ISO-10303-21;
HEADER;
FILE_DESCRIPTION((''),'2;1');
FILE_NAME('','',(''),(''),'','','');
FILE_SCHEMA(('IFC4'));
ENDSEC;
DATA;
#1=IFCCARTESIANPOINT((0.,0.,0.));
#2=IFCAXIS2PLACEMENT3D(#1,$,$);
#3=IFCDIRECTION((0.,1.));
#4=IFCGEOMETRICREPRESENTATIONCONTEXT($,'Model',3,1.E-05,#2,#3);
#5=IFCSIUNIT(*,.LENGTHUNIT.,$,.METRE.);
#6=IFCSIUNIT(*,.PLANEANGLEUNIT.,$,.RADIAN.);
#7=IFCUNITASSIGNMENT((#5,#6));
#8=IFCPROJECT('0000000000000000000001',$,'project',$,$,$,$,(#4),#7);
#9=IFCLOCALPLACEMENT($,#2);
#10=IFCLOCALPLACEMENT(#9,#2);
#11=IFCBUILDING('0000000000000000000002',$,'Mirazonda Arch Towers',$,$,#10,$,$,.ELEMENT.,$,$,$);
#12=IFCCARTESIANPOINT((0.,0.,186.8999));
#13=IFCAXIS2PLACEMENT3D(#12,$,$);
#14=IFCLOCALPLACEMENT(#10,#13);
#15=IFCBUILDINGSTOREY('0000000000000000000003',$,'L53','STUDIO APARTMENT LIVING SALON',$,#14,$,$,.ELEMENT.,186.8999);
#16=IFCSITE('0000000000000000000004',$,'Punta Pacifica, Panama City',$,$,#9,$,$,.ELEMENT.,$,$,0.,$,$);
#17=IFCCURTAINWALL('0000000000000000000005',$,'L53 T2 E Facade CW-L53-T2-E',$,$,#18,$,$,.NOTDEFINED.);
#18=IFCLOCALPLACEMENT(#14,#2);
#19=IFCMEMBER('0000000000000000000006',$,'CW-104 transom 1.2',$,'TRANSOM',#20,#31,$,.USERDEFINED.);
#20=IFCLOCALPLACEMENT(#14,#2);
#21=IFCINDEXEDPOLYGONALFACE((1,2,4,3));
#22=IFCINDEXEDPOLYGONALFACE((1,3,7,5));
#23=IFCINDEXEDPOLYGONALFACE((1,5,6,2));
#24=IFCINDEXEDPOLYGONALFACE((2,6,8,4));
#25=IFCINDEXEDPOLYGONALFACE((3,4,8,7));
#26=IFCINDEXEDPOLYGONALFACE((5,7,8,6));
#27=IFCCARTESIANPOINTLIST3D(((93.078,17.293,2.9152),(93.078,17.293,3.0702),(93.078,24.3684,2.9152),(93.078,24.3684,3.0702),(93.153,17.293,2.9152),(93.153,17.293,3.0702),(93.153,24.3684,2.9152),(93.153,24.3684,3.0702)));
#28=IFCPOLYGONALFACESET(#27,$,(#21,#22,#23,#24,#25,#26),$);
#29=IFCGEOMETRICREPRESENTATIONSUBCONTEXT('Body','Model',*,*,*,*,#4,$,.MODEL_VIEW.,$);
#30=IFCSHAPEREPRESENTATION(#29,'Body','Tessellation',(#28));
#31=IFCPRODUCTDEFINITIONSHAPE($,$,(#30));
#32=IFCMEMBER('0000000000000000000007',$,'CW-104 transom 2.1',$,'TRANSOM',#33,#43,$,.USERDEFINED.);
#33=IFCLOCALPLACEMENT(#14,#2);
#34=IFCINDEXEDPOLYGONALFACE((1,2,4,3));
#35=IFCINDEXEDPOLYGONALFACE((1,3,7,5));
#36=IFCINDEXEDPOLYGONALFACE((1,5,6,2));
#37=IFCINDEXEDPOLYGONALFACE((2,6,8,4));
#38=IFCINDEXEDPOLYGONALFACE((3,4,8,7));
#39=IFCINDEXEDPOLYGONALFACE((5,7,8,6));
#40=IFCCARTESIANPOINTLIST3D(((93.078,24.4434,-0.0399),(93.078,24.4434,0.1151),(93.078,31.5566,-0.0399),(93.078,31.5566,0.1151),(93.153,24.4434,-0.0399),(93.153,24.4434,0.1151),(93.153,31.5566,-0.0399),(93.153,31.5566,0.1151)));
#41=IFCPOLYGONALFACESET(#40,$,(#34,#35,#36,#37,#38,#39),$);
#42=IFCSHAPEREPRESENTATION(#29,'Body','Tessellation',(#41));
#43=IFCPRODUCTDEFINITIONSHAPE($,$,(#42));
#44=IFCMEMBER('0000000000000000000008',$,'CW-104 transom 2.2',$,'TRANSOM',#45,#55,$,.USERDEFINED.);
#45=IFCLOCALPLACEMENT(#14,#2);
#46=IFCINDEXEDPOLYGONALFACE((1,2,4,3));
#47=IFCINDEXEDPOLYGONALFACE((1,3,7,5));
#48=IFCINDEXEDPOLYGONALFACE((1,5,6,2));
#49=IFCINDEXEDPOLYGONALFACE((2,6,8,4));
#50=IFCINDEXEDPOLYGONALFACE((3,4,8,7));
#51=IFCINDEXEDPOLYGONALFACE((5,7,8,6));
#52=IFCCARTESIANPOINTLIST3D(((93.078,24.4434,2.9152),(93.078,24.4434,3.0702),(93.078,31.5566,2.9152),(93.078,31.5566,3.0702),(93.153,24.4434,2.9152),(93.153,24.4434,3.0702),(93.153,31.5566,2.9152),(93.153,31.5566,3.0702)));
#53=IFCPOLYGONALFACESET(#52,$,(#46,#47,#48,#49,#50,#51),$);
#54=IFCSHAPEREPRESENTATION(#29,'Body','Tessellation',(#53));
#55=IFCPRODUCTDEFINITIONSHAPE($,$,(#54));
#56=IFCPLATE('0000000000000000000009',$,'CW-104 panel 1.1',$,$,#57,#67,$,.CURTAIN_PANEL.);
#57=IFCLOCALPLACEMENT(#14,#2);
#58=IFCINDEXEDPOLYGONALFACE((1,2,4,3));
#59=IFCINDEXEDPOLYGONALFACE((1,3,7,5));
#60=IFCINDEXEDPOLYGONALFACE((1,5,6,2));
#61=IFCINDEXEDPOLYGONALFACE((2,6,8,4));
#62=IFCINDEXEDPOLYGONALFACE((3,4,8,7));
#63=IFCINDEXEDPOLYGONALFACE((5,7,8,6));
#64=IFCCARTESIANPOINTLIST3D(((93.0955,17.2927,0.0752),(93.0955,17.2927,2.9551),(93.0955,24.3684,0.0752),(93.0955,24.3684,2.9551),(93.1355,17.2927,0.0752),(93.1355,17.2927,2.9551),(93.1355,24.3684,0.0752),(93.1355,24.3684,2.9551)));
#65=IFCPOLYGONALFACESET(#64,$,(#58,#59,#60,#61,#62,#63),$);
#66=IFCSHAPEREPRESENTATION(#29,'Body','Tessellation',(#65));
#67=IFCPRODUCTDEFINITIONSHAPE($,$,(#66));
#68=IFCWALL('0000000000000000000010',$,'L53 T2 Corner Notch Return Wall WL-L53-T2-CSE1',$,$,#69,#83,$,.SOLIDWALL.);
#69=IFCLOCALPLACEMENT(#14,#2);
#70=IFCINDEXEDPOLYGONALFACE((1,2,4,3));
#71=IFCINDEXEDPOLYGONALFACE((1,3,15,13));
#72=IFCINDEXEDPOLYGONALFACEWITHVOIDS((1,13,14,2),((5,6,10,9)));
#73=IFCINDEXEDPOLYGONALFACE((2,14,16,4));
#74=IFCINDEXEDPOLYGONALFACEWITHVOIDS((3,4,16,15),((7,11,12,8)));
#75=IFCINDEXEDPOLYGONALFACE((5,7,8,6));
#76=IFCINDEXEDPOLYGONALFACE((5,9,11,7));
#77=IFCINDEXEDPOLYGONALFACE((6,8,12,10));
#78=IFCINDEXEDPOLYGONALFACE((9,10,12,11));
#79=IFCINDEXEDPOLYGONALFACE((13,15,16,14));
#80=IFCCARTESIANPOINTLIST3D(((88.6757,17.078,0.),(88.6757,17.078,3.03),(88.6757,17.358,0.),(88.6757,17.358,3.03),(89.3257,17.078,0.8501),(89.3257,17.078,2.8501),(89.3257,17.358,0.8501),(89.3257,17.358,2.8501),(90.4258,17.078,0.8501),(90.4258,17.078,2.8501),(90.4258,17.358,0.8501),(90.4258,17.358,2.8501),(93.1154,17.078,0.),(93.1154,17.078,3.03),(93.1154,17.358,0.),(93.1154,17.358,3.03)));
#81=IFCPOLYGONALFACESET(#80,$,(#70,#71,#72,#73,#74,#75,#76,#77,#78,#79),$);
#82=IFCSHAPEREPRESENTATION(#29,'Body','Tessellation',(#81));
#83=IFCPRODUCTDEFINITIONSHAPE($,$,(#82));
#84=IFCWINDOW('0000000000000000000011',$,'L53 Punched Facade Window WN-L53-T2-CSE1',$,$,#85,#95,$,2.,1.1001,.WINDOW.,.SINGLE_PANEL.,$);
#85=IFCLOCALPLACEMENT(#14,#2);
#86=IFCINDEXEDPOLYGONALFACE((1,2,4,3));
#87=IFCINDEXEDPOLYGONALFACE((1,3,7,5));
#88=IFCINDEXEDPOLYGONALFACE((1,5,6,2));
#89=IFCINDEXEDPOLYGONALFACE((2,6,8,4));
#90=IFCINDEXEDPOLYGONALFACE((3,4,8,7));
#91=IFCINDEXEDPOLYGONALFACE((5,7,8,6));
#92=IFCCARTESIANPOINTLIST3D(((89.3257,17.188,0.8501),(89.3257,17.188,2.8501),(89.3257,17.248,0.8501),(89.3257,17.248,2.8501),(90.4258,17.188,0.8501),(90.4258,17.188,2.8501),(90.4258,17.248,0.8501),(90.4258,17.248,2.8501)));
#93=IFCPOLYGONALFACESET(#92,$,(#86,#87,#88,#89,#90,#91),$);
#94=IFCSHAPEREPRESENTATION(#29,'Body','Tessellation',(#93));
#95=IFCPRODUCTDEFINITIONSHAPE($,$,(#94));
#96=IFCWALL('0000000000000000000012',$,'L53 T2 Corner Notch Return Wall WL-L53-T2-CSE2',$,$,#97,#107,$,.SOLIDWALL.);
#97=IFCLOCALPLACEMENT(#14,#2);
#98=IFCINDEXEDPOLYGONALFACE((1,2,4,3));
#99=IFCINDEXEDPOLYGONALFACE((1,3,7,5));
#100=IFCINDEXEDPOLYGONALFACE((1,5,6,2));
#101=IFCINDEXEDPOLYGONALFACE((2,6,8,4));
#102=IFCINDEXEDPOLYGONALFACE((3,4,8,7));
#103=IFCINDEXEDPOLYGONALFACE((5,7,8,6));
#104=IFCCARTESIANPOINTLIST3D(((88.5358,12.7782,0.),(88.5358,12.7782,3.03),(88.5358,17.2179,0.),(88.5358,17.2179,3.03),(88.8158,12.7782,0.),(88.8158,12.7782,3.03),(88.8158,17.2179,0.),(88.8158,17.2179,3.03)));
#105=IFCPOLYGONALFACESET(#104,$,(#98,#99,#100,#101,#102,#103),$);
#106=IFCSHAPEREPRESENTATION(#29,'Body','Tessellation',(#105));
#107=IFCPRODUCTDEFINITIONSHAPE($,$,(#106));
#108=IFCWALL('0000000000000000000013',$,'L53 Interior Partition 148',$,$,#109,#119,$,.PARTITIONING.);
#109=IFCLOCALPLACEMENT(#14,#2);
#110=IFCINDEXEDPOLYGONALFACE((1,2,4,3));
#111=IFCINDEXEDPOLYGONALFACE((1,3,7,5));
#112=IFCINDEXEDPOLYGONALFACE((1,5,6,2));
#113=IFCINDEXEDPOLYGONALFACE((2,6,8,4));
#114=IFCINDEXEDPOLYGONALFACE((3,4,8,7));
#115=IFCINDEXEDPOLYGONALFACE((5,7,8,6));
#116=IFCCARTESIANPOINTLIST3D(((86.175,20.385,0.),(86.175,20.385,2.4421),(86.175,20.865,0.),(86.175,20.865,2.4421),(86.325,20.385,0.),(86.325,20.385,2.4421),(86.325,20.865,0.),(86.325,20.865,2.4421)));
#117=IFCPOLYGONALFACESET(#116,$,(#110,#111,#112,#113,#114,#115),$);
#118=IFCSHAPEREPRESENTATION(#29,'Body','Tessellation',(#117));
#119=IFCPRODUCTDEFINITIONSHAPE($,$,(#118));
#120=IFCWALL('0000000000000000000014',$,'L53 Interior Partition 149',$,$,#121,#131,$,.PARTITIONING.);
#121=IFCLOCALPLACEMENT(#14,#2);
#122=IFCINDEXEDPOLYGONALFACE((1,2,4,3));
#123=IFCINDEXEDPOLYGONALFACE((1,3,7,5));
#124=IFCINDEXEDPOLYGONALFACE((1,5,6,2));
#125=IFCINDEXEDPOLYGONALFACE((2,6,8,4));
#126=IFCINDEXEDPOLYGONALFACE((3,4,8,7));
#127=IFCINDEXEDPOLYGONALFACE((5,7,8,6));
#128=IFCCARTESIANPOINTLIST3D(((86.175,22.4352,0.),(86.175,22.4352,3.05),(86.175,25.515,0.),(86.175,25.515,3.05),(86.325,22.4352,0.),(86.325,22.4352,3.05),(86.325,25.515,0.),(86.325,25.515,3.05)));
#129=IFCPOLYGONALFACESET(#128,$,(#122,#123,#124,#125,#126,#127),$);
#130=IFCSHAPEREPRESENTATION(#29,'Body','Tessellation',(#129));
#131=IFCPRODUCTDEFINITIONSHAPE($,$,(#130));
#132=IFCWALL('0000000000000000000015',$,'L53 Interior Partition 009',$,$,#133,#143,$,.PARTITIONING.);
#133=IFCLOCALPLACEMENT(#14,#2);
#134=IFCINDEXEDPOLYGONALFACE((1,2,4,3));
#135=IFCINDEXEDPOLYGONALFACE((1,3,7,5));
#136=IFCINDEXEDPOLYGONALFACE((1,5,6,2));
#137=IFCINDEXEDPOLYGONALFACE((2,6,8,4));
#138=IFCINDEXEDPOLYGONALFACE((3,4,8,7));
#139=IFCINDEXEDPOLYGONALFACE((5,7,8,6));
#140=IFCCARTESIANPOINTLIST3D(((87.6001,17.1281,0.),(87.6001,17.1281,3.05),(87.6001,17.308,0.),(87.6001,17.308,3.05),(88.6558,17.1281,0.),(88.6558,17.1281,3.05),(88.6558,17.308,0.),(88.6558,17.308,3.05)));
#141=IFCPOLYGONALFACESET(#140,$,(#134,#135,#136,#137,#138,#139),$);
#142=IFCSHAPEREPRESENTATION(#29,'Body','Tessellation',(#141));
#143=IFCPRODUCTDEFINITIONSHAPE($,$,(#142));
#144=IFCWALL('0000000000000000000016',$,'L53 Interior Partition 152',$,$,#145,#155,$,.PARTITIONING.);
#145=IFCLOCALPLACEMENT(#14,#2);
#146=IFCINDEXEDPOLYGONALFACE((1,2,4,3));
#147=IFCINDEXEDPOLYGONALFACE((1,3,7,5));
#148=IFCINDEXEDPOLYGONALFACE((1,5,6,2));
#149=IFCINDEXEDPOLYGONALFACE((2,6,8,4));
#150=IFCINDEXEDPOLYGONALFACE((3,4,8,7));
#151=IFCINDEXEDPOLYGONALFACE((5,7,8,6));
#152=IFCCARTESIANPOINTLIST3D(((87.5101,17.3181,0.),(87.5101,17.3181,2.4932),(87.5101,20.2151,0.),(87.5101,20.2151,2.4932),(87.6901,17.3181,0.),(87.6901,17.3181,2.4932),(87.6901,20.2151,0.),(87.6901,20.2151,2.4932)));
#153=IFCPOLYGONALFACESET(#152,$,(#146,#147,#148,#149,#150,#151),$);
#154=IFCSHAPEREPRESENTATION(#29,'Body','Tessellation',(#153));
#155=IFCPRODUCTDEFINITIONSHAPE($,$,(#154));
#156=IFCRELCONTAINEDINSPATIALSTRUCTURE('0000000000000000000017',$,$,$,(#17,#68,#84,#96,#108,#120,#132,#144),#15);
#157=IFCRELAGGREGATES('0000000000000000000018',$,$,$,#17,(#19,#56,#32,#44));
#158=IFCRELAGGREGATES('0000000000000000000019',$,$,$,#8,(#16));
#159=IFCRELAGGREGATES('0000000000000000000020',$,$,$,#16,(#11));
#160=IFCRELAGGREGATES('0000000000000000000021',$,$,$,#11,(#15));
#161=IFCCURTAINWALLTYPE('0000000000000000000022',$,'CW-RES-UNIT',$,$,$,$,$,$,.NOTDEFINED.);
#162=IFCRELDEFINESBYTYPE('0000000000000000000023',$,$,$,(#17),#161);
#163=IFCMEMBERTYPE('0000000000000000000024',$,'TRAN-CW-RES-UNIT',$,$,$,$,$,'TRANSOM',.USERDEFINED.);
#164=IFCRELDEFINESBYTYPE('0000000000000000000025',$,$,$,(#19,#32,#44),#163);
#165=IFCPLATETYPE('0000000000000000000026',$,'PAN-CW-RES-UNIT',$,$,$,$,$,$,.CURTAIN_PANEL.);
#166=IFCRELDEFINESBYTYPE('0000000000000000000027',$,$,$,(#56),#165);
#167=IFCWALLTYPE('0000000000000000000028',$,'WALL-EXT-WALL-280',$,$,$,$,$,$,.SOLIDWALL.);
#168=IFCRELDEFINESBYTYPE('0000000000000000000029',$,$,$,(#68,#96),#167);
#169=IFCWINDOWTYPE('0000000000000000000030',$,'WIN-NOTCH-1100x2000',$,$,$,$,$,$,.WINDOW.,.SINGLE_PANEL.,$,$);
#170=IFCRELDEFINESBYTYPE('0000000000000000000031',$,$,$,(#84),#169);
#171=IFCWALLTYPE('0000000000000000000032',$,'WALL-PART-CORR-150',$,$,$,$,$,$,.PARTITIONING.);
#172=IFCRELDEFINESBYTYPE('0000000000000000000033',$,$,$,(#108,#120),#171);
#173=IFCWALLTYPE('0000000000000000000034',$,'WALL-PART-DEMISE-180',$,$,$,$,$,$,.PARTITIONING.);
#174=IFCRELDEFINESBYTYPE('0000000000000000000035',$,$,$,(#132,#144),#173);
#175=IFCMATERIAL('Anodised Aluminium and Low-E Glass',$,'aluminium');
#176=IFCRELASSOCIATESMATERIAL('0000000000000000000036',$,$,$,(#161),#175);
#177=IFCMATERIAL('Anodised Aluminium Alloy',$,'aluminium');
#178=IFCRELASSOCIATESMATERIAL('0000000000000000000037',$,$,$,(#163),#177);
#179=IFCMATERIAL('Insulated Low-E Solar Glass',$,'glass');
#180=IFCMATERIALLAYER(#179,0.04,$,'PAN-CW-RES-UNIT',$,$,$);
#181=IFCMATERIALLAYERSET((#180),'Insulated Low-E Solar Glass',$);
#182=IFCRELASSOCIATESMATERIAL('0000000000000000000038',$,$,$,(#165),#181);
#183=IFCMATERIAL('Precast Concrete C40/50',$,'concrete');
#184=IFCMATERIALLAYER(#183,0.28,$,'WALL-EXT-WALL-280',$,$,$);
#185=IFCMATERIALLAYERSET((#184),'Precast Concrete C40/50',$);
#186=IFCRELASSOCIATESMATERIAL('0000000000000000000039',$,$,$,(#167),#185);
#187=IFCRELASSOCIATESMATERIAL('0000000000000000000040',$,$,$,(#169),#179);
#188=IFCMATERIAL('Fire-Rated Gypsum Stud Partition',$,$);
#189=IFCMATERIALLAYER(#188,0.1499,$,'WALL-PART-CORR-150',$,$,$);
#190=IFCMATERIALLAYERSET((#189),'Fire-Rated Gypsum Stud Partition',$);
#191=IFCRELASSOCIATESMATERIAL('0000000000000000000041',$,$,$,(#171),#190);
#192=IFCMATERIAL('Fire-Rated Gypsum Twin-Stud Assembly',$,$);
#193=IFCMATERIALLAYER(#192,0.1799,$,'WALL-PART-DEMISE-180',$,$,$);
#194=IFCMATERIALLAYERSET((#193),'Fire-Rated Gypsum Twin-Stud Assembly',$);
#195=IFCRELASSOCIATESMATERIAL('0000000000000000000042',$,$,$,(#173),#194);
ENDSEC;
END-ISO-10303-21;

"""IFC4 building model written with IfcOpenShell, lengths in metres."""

from ifc_helpers import new_model, si_unit, direction, frame, frame_2d, origin, origin_2d, place, context, subcontext, project, spatial, rectangle, extrude, material, layer, layer_set, material_profile, profile_set, type_object, element, fill, aggregate, save


model = new_model("IFC4")

# Units and contexts
model_context = context("Model", 3, precision=1e-05, world=origin(), true_north=direction((0.0, 1.0)))
body_context = subcontext(model_context, "Body", "Model", "MODEL_VIEW")
ifc_project = project(units=[si_unit("LENGTHUNIT", "METRE"), si_unit("PLANEANGLEUNIT", "RADIAN")], contexts=[model_context])

# Site, building, storey
site_placement = place(None, origin())
site = spatial("IfcSite", under=ifc_project, at=site_placement, Name="Punta Pacifica, Panama City", CompositionType="ELEMENT", RefElevation=0.0)
building_placement = place(site_placement, origin())
building = spatial("IfcBuilding", under=site, at=building_placement, Name="Mirazonda Arch Towers", CompositionType="ELEMENT")
storey_placement = place(building_placement, frame((0.0, 0.0, 186.8999)))
storey = spatial("IfcBuildingStorey", under=building, at=storey_placement, Name="L53", Description="STUDIO APARTMENT LIVING SALON", CompositionType="ELEMENT", Elevation=186.8999)

# Shared definitions
ifc_material_1 = material(Name="Anodised Aluminium and Low-E Glass", Category="aluminium")
curtain_wall_type = type_object("IfcCurtainWallType", Name="CW-RES-UNIT", PredefinedType="NOTDEFINED", material=ifc_material_1)
ifc_material_2 = material(Name="Anodised Aluminium Alloy", Category="aluminium")

# Curtain wall
curtain_wall_1_placement = place(storey_placement, origin())
curtain_wall_1 = element("IfcCurtainWall", 1, at=curtain_wall_1_placement, inside=storey, type_object=curtain_wall_type, Name="L53 T2 E Facade CW-L53-T2-E", PredefinedType="NOTDEFINED")

# Members
ifc_material_profile_1 = material_profile(ifc_material_2, rectangle(XDim=0.075, YDim=0.155, at=origin_2d()), Name="ALU-TRAN-75x155")
ifc_profile_set_1 = profile_set([ifc_material_profile_1], Name="Anodised Aluminium Alloy")
member_type_1 = type_object("IfcMemberType", Name="TRAN-CW-RES-UNIT", ElementType="TRANSOM", PredefinedType="USERDEFINED", material=ifc_profile_set_1)
member_1_placement = place(storey_placement, frame((93.1155, 17.293, 2.9927), z_axis=(0.0, 1.0, 0.0), x_axis=(-1.0, 0.0, 0.0)))
member_1 = element("IfcMember", 2, at=member_1_placement, type_object=member_type_1, Name="CW-104 transom 1.2", ObjectType="TRANSOM", PredefinedType="USERDEFINED", context=body_context, shape_type="SweptSolid", body=[
    extrude(rectangle(XDim=0.075, YDim=0.155, at=origin_2d()), origin(), (0.0, 0.0, 1.0), 7.0754),
])
member_2_placement = place(storey_placement, frame((93.1155, 24.4434, 0.0376), z_axis=(0.0, 1.0, 0.0), x_axis=(-1.0, 0.0, 0.0)))
member_2 = element("IfcMember", 3, at=member_2_placement, type_object=member_type_1, Name="CW-104 transom 2.1", ObjectType="TRANSOM", PredefinedType="USERDEFINED", context=body_context, shape_type="SweptSolid", body=[
    extrude(rectangle(XDim=0.075, YDim=0.155, at=origin_2d()), origin(), (0.0, 0.0, 1.0), 7.1133),
])
member_3_placement = place(storey_placement, frame((93.1155, 24.4434, 2.9927), z_axis=(0.0, 1.0, 0.0), x_axis=(-1.0, 0.0, 0.0)))
member_3 = element("IfcMember", 4, at=member_3_placement, type_object=member_type_1, Name="CW-104 transom 2.2", ObjectType="TRANSOM", PredefinedType="USERDEFINED", context=body_context, shape_type="SweptSolid", body=[
    extrude(rectangle(XDim=0.075, YDim=0.155, at=origin_2d()), origin(), (0.0, 0.0, 1.0), 7.1133),
])

# Plate
ifc_material_3 = material(Name="Insulated Low-E Solar Glass", Category="glass")
ifc_layer_1 = layer(ifc_material_3, 0.04, Name="PAN-CW-RES-UNIT")
ifc_layer_set_1 = layer_set([ifc_layer_1], Name="Insulated Low-E Solar Glass")
plate_type = type_object("IfcPlateType", Name="PAN-CW-RES-UNIT", PredefinedType="CURTAIN_PANEL", material=ifc_layer_set_1)
plate_placement = place(storey_placement, frame((93.1155, 20.8306, 0.0752), z_axis=(0.0, 0.0, 1.0), x_axis=(0.0, 1.0, 0.0)))
plate = element("IfcPlate", 5, at=plate_placement, type_object=plate_type, Name="CW-104 panel 1.1", PredefinedType="CURTAIN_PANEL", context=body_context, shape_type="SweptSolid", body=[
    extrude(rectangle(XDim=7.0757, YDim=0.04, at=origin_2d()), origin(), (0.0, 0.0, 1.0), 2.8799),
])
aggregate(curtain_wall_1, [member_1, plate, member_2, member_3])

# Wall, opening, window
ifc_material_4 = material(Name="Precast Concrete C40/50", Category="concrete")
ifc_layer_2 = layer(ifc_material_4, 0.28, Name="WALL-EXT-WALL-280")
ifc_layer_set_2 = layer_set([ifc_layer_2], Name="Precast Concrete C40/50")
wall_type_1 = type_object("IfcWallType", Name="WALL-EXT-WALL-280", PredefinedType="SOLIDWALL", material=ifc_layer_set_2)
wall_1_placement = place(storey_placement, frame((88.6758, 17.218, 0.0), z_axis=(0.0, 0.0, 1.0), x_axis=(1.0, 0.0, 0.0)))
wall_1 = element("IfcWall", 6, at=wall_1_placement, inside=storey, type_object=wall_type_1, Name="L53 T2 Corner Notch Return Wall WL-L53-T2-CSE1", PredefinedType="SOLIDWALL", context=body_context, shape_type="SweptSolid", body=[
    extrude(rectangle(XDim=4.4397, YDim=0.28, at=frame_2d((2.2197, 0.0))), origin(), (0.0, 0.0, 1.0), 3.03),
])
opening_1_placement = place(wall_1_placement, frame((0.6499, 0.0, 0.8501)))
opening_1 = element("IfcOpeningElement", 7, at=opening_1_placement, cuts=wall_1, PredefinedType="OPENING", context=body_context, shape_type="SweptSolid", body=[
    extrude(rectangle(XDim=1.1001, YDim=2.0, at=frame_2d((0.55, 1.0))), frame((0.0, 0.1499, 0.0), z_axis=(0.0, -1.0, 0.0), x_axis=(1.0, 0.0, 0.0)), (0.0, 0.0, 1.0), 0.3),
])
window_type = type_object("IfcWindowType", Name="WIN-NOTCH-1100x2000", PartitioningType="SINGLE_PANEL", PredefinedType="WINDOW", material=ifc_material_3)
window_placement = place(opening_1_placement, origin())
window = element("IfcWindow", 8, at=window_placement, inside=storey, type_object=window_type, Name="L53 Punched Facade Window WN-L53-T2-CSE1", OverallHeight=2.0, OverallWidth=1.1001, PartitioningType="SINGLE_PANEL", PredefinedType="WINDOW", context=body_context, shape_type="SweptSolid", body=[
    extrude(rectangle(XDim=1.1001, YDim=2.0, at=frame_2d((0.55, 1.0))), frame((0.0, 0.03, 0.0), z_axis=(0.0, -1.0, 0.0), x_axis=(1.0, 0.0, 0.0)), (0.0, 0.0, 1.0), 0.0601),
])
fill(opening_1, window)

# Walls
wall_2_placement = place(storey_placement, frame((88.6758, 12.7783, 0.0), z_axis=(0.0, 0.0, 1.0), x_axis=(0.0, 1.0, 0.0)))
element("IfcWall", 9, at=wall_2_placement, inside=storey, type_object=wall_type_1, Name="L53 T2 Corner Notch Return Wall WL-L53-T2-CSE2", PredefinedType="SOLIDWALL", context=body_context, shape_type="SweptSolid", body=[
    extrude(rectangle(XDim=4.4397, YDim=0.28, at=frame_2d((2.2197, 0.0))), origin(), (0.0, 0.0, 1.0), 3.03),
])
ifc_material_5 = material(Name="Fire-Rated Gypsum Stud Partition")
ifc_layer_3 = layer(ifc_material_5, 0.1499, Name="WALL-PART-CORR-150")
ifc_layer_set_3 = layer_set([ifc_layer_3], Name="Fire-Rated Gypsum Stud Partition")
wall_type_2 = type_object("IfcWallType", Name="WALL-PART-CORR-150", PredefinedType="PARTITIONING", material=ifc_layer_set_3)
wall_3_placement = place(storey_placement, frame((86.25, 20.385, 0.0), z_axis=(0.0, 0.0, 1.0), x_axis=(0.0, 1.0, 0.0)))
element("IfcWall", 10, at=wall_3_placement, inside=storey, type_object=wall_type_2, Name="L53 Interior Partition 148", PredefinedType="PARTITIONING", context=body_context, shape_type="SweptSolid", body=[
    extrude(rectangle(XDim=0.48, YDim=0.1499, at=frame_2d((0.24, 0.0))), origin(), (0.0, 0.0, 1.0), 2.4421),
])
wall_4_placement = place(storey_placement, frame((86.25, 22.4351, 0.0), z_axis=(0.0, 0.0, 1.0), x_axis=(0.0, 1.0, 0.0)))
element("IfcWall", 11, at=wall_4_placement, inside=storey, type_object=wall_type_2, Name="L53 Interior Partition 149", PredefinedType="PARTITIONING", context=body_context, shape_type="SweptSolid", body=[
    extrude(rectangle(XDim=3.0798, YDim=0.1499, at=frame_2d((1.54, 0.0))), origin(), (0.0, 0.0, 1.0), 3.05),
])
ifc_material_6 = material(Name="Fire-Rated Gypsum Twin-Stud Assembly")
ifc_layer_4 = layer(ifc_material_6, 0.1799, Name="WALL-PART-DEMISE-180")
ifc_layer_set_4 = layer_set([ifc_layer_4], Name="Fire-Rated Gypsum Twin-Stud Assembly")
wall_type_3 = type_object("IfcWallType", Name="WALL-PART-DEMISE-180", PredefinedType="PARTITIONING", material=ifc_layer_set_4)
wall_5_placement = place(storey_placement, frame((87.6001, 17.218, 0.0), z_axis=(0.0, 0.0, 1.0), x_axis=(1.0, 0.0, 0.0)))
element("IfcWall", 12, at=wall_5_placement, inside=storey, type_object=wall_type_3, Name="L53 Interior Partition 009", PredefinedType="PARTITIONING", context=body_context, shape_type="SweptSolid", body=[
    extrude(rectangle(XDim=1.0557, YDim=0.1799, at=frame_2d((0.5278, 0.0))), origin(), (0.0, 0.0, 1.0), 3.05),
])

# Wall
wall_6_placement = place(storey_placement, frame((87.6001, 17.3181, 0.0), z_axis=(0.0, 0.0, 1.0), x_axis=(0.0, 1.0, 0.0)))
element("IfcWall", 13, at=wall_6_placement, inside=storey, type_object=wall_type_3, Name="L53 Interior Partition 152", PredefinedType="PARTITIONING", context=body_context, shape_type="SweptSolid", body=[
    extrude(rectangle(XDim=2.897, YDim=0.1799, at=frame_2d((1.4485, 0.0))), origin(), (0.0, 0.0, 1.0), 2.4932),
])

save(model, "model.ifc")
